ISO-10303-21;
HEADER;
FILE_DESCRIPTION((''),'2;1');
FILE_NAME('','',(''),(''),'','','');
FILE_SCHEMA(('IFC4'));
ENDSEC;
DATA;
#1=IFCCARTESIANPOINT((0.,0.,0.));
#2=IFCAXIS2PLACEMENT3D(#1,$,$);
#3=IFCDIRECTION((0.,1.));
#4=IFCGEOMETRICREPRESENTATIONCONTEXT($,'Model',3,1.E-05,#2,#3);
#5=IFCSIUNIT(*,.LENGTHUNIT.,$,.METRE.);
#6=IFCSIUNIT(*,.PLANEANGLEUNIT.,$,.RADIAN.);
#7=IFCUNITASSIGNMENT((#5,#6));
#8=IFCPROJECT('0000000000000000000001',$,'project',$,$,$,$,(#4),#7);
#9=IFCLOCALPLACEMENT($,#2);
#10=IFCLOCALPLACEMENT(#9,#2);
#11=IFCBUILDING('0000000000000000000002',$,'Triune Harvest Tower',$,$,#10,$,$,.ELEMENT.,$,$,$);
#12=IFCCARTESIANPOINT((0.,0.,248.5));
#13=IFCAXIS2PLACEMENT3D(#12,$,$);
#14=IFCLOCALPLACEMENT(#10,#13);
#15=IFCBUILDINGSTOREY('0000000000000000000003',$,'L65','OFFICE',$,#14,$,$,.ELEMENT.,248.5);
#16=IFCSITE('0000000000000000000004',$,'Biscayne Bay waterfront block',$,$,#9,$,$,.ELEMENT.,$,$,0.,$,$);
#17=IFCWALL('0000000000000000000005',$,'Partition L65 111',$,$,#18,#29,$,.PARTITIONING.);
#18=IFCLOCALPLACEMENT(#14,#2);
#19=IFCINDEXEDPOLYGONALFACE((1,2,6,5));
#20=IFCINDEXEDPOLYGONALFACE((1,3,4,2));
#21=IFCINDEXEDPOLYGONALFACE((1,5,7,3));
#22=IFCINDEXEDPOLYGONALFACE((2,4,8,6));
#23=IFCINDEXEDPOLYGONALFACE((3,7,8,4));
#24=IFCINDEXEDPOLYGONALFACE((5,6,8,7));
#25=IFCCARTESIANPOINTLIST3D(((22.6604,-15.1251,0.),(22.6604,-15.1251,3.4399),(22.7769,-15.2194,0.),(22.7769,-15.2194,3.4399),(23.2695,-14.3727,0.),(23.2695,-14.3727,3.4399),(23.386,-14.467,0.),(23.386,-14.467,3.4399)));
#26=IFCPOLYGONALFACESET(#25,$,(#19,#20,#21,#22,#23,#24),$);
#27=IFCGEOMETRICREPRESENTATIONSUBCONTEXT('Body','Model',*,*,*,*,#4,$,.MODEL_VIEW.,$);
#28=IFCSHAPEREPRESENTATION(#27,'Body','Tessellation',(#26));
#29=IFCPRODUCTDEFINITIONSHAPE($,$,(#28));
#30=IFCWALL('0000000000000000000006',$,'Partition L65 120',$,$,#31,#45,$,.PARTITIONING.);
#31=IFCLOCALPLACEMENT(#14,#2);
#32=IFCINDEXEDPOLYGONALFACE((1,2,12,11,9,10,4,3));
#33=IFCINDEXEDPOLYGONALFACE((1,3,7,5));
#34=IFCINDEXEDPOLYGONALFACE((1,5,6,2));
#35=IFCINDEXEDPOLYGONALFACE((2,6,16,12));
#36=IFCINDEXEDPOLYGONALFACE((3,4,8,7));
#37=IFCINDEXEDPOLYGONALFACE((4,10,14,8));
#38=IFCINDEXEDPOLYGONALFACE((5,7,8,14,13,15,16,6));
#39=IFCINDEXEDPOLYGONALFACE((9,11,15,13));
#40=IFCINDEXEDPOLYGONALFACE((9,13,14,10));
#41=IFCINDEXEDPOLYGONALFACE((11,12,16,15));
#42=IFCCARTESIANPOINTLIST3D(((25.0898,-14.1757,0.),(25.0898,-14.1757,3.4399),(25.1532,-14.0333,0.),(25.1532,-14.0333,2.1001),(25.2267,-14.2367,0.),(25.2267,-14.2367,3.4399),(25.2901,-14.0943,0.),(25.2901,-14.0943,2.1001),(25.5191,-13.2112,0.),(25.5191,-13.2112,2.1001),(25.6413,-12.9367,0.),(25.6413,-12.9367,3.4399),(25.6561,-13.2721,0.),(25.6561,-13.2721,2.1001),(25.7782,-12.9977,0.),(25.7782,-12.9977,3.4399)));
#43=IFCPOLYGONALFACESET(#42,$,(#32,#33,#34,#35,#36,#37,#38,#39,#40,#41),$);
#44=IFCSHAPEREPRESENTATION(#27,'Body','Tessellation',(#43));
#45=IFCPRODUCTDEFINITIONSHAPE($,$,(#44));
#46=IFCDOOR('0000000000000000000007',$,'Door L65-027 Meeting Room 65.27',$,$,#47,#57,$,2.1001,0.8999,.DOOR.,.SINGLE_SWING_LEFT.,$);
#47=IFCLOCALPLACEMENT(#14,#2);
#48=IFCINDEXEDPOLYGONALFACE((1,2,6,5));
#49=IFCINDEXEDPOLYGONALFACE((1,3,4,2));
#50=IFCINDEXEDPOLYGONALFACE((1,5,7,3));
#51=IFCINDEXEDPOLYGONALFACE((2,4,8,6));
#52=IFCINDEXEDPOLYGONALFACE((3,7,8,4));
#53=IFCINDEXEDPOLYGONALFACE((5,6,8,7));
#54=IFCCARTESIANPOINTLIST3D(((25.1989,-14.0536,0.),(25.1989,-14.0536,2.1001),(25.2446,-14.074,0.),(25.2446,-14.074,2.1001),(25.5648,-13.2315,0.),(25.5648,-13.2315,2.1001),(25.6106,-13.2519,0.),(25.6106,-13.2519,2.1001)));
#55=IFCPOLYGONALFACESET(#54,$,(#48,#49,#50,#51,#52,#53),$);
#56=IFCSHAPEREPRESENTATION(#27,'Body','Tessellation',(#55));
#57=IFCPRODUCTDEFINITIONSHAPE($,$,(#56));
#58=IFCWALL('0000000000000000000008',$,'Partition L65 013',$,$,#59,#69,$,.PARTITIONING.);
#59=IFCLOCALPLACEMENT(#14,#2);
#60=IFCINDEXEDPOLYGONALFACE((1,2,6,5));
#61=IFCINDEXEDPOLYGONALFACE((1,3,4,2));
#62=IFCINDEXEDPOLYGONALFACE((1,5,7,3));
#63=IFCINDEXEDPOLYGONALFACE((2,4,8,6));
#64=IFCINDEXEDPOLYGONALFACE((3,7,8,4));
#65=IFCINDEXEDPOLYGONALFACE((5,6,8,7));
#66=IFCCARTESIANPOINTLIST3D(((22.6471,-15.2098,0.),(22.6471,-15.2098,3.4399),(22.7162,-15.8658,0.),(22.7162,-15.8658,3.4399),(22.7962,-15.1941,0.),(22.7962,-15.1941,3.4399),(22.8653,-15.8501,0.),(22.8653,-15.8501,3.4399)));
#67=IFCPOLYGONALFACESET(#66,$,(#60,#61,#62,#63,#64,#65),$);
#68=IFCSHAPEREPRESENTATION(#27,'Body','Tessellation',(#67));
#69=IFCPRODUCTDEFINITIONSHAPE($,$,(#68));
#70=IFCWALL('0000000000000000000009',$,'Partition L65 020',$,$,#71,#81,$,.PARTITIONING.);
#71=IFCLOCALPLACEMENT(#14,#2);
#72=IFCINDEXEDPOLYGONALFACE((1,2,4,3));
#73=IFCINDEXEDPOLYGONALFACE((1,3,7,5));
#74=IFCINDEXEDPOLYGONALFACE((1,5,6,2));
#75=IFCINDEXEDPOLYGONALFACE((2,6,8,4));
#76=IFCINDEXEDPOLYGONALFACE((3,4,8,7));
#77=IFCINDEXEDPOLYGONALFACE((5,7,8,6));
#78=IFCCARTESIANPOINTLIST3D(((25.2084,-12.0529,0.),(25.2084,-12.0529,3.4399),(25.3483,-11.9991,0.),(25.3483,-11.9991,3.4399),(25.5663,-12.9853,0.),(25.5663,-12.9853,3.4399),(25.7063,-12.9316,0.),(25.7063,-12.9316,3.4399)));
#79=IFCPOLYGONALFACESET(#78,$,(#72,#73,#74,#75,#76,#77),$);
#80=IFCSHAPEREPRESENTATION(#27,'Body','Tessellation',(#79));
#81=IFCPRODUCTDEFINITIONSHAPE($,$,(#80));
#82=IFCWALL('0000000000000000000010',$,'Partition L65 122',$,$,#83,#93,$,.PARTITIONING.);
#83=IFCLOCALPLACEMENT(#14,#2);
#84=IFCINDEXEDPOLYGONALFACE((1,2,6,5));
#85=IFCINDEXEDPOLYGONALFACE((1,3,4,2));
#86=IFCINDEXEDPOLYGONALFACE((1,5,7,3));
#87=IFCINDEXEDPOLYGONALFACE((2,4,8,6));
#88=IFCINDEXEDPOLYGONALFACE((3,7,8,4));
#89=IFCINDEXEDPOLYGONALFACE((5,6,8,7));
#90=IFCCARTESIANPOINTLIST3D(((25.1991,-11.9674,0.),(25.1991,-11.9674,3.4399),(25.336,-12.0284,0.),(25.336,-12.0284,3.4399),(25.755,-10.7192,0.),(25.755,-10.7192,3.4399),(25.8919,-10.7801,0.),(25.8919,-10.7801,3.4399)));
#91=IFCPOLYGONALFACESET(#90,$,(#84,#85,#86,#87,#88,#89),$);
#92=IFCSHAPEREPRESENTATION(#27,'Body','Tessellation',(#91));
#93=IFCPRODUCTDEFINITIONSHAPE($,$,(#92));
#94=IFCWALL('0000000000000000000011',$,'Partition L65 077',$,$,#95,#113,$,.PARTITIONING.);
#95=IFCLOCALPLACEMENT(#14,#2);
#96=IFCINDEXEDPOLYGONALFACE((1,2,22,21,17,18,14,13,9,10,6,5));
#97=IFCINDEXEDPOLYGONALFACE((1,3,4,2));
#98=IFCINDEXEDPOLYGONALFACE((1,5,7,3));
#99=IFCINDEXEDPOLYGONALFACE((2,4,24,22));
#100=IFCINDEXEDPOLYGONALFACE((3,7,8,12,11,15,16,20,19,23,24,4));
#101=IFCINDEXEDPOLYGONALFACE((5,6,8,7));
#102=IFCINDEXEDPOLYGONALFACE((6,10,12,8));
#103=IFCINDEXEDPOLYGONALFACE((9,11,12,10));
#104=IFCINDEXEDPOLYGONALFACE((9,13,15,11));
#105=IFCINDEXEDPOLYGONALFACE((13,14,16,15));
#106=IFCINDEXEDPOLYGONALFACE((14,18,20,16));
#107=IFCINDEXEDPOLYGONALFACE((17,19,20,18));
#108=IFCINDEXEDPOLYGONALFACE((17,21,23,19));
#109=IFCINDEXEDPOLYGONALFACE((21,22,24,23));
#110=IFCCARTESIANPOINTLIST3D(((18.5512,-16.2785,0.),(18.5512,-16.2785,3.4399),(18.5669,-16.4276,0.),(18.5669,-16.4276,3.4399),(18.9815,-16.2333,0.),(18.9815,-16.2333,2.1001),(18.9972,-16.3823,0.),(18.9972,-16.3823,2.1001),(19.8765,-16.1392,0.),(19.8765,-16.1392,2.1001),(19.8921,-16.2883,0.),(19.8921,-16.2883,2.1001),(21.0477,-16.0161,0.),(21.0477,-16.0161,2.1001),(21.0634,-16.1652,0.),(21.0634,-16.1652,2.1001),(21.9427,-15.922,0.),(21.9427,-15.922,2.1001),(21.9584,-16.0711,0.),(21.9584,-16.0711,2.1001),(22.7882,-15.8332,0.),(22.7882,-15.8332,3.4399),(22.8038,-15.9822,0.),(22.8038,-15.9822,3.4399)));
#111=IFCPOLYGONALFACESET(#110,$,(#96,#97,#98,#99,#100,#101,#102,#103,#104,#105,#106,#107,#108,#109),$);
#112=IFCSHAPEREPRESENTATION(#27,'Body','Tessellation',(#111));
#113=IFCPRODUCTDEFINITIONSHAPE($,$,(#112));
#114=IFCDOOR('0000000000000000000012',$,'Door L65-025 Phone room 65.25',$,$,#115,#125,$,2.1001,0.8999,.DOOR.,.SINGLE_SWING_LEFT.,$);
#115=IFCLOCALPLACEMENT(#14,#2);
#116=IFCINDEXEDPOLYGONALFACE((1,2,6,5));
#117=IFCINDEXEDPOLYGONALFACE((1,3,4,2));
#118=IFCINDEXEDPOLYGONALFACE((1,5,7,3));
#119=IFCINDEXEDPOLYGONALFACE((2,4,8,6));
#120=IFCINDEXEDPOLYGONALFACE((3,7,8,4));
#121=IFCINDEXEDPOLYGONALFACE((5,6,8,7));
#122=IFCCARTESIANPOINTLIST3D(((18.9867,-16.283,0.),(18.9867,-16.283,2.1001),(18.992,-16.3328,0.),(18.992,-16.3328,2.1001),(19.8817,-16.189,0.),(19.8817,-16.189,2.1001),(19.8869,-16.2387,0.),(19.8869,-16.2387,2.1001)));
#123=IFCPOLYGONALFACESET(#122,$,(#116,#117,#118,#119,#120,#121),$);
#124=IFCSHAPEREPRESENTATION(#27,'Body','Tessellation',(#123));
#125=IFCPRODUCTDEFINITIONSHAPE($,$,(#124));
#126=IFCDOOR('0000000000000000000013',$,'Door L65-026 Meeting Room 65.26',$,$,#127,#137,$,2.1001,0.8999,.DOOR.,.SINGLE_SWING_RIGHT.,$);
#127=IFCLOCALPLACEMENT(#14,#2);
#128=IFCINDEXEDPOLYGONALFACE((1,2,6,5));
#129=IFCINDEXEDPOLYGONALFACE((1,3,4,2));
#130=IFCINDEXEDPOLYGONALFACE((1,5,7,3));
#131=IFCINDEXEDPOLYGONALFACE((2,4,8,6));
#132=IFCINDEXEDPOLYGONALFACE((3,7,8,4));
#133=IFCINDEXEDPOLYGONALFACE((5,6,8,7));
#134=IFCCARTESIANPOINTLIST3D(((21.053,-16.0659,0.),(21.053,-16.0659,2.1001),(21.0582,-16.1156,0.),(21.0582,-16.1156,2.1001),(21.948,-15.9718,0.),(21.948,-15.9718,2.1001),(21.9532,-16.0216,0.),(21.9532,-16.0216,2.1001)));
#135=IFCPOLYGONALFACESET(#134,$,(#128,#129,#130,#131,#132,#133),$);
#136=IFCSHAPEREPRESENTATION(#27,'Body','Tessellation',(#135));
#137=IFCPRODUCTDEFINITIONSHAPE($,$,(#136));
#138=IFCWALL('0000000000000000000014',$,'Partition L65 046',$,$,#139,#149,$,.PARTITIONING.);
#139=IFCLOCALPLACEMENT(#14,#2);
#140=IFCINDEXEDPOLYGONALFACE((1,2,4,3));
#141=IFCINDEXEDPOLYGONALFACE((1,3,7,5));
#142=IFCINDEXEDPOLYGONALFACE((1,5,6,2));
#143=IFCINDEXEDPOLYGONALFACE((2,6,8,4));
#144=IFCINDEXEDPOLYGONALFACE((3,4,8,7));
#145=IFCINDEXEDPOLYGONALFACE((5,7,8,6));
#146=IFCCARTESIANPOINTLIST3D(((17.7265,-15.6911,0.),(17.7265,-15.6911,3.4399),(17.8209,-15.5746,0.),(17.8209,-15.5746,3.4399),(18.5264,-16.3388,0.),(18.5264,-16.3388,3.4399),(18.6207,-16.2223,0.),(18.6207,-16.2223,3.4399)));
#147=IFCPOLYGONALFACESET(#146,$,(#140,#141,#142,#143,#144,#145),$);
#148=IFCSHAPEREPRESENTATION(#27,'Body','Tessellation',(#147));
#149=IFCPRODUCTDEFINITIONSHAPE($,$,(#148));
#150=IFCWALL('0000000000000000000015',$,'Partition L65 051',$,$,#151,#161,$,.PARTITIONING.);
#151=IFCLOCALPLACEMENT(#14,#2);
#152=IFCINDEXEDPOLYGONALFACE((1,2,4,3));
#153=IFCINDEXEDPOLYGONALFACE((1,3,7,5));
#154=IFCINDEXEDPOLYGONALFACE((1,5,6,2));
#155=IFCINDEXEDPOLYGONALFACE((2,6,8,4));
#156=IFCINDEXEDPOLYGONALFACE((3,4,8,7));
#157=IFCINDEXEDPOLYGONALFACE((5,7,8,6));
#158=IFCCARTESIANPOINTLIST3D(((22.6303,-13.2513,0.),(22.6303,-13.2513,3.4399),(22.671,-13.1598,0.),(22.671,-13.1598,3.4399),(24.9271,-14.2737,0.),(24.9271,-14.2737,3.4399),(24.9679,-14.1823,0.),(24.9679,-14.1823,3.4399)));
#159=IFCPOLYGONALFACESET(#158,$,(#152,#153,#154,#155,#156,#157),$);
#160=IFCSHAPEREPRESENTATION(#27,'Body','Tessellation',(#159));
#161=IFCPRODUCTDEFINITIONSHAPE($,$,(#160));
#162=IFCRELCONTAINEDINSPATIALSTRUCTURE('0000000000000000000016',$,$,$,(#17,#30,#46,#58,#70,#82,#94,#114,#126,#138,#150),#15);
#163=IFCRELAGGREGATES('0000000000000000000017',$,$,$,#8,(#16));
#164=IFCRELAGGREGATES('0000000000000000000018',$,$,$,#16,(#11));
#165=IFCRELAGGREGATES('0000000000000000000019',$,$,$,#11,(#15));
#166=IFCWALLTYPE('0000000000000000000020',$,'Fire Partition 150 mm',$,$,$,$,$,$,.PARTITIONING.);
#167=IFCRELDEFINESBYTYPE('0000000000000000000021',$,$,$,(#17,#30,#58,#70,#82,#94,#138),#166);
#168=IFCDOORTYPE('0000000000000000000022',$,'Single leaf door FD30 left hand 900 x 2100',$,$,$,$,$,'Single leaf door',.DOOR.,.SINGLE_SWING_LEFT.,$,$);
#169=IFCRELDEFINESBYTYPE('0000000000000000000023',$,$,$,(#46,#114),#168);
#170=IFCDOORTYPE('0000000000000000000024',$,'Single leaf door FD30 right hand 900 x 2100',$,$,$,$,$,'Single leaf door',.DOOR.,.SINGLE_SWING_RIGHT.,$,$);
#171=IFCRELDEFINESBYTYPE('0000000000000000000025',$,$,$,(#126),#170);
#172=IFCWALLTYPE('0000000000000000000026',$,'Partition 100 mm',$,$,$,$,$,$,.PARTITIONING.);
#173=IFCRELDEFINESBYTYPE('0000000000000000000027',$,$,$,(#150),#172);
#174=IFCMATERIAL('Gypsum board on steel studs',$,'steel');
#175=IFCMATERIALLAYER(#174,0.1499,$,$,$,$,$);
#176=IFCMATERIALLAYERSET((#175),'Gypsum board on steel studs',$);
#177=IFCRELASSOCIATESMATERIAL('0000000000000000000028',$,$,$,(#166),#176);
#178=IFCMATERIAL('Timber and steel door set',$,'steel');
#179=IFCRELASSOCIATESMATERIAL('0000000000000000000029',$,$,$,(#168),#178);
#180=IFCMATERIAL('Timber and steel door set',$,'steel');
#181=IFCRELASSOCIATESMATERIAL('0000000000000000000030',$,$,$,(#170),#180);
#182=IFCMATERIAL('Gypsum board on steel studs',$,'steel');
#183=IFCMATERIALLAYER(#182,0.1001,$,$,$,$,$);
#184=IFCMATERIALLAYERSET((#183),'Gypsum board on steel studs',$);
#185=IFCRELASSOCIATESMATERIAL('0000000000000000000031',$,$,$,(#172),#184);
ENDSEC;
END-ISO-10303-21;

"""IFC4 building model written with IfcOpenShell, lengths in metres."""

from ifc_helpers import new_model, si_unit, direction, frame, frame_2d, origin, place, context, subcontext, project, spatial, rectangle, extrude, source, transform, mapped, material, layer, layer_set, type_object, element, fill, save


model = new_model("IFC4")

# Units and contexts
model_context = context("Model", 3, precision=1e-05, world=origin(), true_north=direction((0.0, 1.0)))
body_context = subcontext(model_context, "Body", "Model", "MODEL_VIEW")
ifc_project = project(units=[si_unit("LENGTHUNIT", "METRE"), si_unit("PLANEANGLEUNIT", "RADIAN")], contexts=[model_context])

# Site, building, storey
site_placement = place(None, origin())
site = spatial("IfcSite", under=ifc_project, at=site_placement, Name="Biscayne Bay waterfront block", CompositionType="ELEMENT", RefElevation=0.0)
building_placement = place(site_placement, origin())
building = spatial("IfcBuilding", under=site, at=building_placement, Name="Triune Harvest Tower", CompositionType="ELEMENT")
storey_placement = place(building_placement, frame((0.0, 0.0, 248.5)))
storey = spatial("IfcBuildingStorey", under=building, at=storey_placement, Name="L65", Description="OFFICE", CompositionType="ELEMENT", Elevation=248.5)

# Wall
ifc_material_1 = material(Name="Gypsum board on steel studs", Category="steel")
ifc_layer_1 = layer(ifc_material_1, 0.1499)
ifc_layer_set_1 = layer_set([ifc_layer_1], Name="Gypsum board on steel studs")
wall_type_1 = type_object("IfcWallType", Name="Fire Partition 150 mm", PredefinedType="PARTITIONING", material=ifc_layer_set_1)
wall_1_placement = place(storey_placement, frame((22.7188, -15.1721, 0.0), z_axis=(0.0, 0.0, 1.0), x_axis=(0.629205, 0.777239, 0.0)))
element("IfcWall", 1, at=wall_1_placement, inside=storey, type_object=wall_type_1, Name="Partition L65 111", PredefinedType="PARTITIONING", context=body_context, shape_type="SweptSolid", body=[
    extrude(rectangle(XDim=0.968, YDim=0.1499, at=frame_2d((0.4839, 0.0))), origin(), (0.0, 0.0, 1.0), 3.4399),
])

# Wall, opening, door
wall_2_placement = place(storey_placement, frame((25.1582, -14.2063, 0.0), z_axis=(0.0, 0.0, 1.0), x_axis=(0.406656, 0.913581, 0.0)))
wall_2 = element("IfcWall", 2, at=wall_2_placement, inside=storey, type_object=wall_type_1, Name="Partition L65 120", PredefinedType="PARTITIONING", context=body_context, shape_type="SweptSolid", body=[
    extrude(rectangle(XDim=1.3562, YDim=0.1499, at=frame_2d((0.6782, 0.0))), origin(), (0.0, 0.0, 1.0), 3.4399),
])
opening_1_placement = place(wall_2_placement, frame((0.156, 0.0, 0.0)))
opening_1 = element("IfcOpeningElement", 3, at=opening_1_placement, cuts=wall_2, PredefinedType="OPENING", context=body_context, shape_type="SweptSolid", body=[
    extrude(rectangle(XDim=0.8999, YDim=2.1001, at=frame_2d((0.45, 1.05))), frame((0.0, 0.085, 0.0), z_axis=(0.0, -1.0, 0.0), x_axis=(1.0, 0.0, 0.0)), (0.0, 0.0, 1.0), 0.1699),
])
ifc_material_2 = material(Name="Timber and steel door set", Category="steel")
door_type_1 = type_object("IfcDoorType", Name="Single leaf door FD30 left hand 900 x 2100", ElementType="Single leaf door", OperationType="SINGLE_SWING_LEFT", PredefinedType="DOOR", material=ifc_material_2)
door_1_placement = place(opening_1_placement, origin())
door_1 = element("IfcDoor", 4, at=door_1_placement, inside=storey, type_object=door_type_1, Name="Door L65-027 Meeting Room 65.27", OperationType="SINGLE_SWING_LEFT", OverallHeight=2.1001, OverallWidth=0.8999, PredefinedType="DOOR", context=body_context, shape_type="SweptSolid", body=[
    extrude(rectangle(XDim=0.8999, YDim=2.1001, at=frame_2d((0.45, 1.05))), frame((0.0, 0.0249, 0.0), z_axis=(0.0, -1.0, 0.0), x_axis=(1.0, 0.0, 0.0)), (0.0, 0.0, 1.0), 0.05),
])
fill(opening_1, door_1)

# Walls
shared_shape_1 = source(origin(), body_context, "Body", "SweptSolid", [
    extrude(rectangle(XDim=0.6597, YDim=0.1499, at=frame_2d((0.3298, 0.0))), origin(), (0.0, 0.0, 1.0), 3.4399),
])
wall_3_placement = place(storey_placement, frame((22.7217, -15.2019, 0.0), z_axis=(0.0, 0.0, 1.0), x_axis=(0.104743, -0.994499, 0.0)))
element("IfcWall", 5, at=wall_3_placement, inside=storey, type_object=wall_type_1, Name="Partition L65 013", PredefinedType="PARTITIONING", context=body_context, shape_type="MappedRepresentation", body=[
    mapped(shared_shape_1, transform((0.0, 0.0, 0.0), scale=1.0)),
])
shared_shape_2 = source(origin(), body_context, "Body", "SweptSolid", [
    extrude(rectangle(XDim=0.9988, YDim=0.1499, at=frame_2d((0.4995, 0.0))), origin(), (0.0, 0.0, 1.0), 3.4399),
])
wall_4_placement = place(storey_placement, frame((25.2783, -12.0259, 0.0), z_axis=(0.0, 0.0, 1.0), x_axis=(0.358373, -0.933579, 0.0)))
element("IfcWall", 6, at=wall_4_placement, inside=storey, type_object=wall_type_1, Name="Partition L65 020", PredefinedType="PARTITIONING", context=body_context, shape_type="MappedRepresentation", body=[
    mapped(shared_shape_2, transform((0.0, 0.0, 0.0), scale=1.0)),
])
shared_shape_3 = source(origin(), body_context, "Body", "SweptSolid", [
    extrude(rectangle(XDim=1.3665, YDim=0.1499, at=frame_2d((0.6831, 0.0))), origin(), (0.0, 0.0, 1.0), 3.4399),
])
wall_5_placement = place(storey_placement, frame((25.2676, -11.9978, 0.0), z_axis=(0.0, 0.0, 1.0), x_axis=(0.406818, 0.913509, 0.0)))
element("IfcWall", 7, at=wall_5_placement, inside=storey, type_object=wall_type_1, Name="Partition L65 122", PredefinedType="PARTITIONING", context=body_context, shape_type="MappedRepresentation", body=[
    mapped(shared_shape_3, transform((0.0, 0.0, 0.0), scale=1.0)),
])

# Wall, openings, doors
shared_shape_4 = source(origin(), body_context, "Body", "SweptSolid", [
    extrude(rectangle(XDim=4.2603, YDim=0.1499, at=frame_2d((2.1301, 0.0))), origin(), (0.0, 0.0, 1.0), 3.4399),
])
wall_6_placement = place(storey_placement, frame((18.5591, -16.353, 0.0), z_axis=(0.0, 0.0, 1.0), x_axis=(0.994522, 0.10453, 0.0)))
wall_6 = element("IfcWall", 8, at=wall_6_placement, inside=storey, type_object=wall_type_1, Name="Partition L65 077", PredefinedType="PARTITIONING", context=body_context, shape_type="MappedRepresentation", body=[
    mapped(shared_shape_4, transform((0.0, 0.0, 0.0), scale=1.0)),
])
opening_2_placement = place(wall_6_placement, frame((0.4326, 0.0, 0.0)))
opening_2 = element("IfcOpeningElement", 9, at=opening_2_placement, cuts=wall_6, PredefinedType="OPENING", context=body_context, shape_type="SweptSolid", body=[
    extrude(rectangle(XDim=0.8999, YDim=2.1001, at=frame_2d((0.45, 1.05))), frame((0.0, 0.085, 0.0), z_axis=(0.0, -1.0, 0.0), x_axis=(1.0, 0.0, 0.0)), (0.0, 0.0, 1.0), 0.1699),
])
opening_3_placement = place(wall_6_placement, frame((2.5103, 0.0, 0.0)))
opening_3 = element("IfcOpeningElement", 10, at=opening_3_placement, cuts=wall_6, PredefinedType="OPENING", context=body_context, shape_type="SweptSolid", body=[
    extrude(rectangle(XDim=0.8999, YDim=2.1001, at=frame_2d((0.45, 1.05))), frame((0.0, 0.085, 0.0), z_axis=(0.0, -1.0, 0.0), x_axis=(1.0, 0.0, 0.0)), (0.0, 0.0, 1.0), 0.1699),
])
door_2_placement = place(opening_2_placement, origin())
door_2 = element("IfcDoor", 11, at=door_2_placement, inside=storey, type_object=door_type_1, Name="Door L65-025 Phone room 65.25", OperationType="SINGLE_SWING_LEFT", OverallHeight=2.1001, OverallWidth=0.8999, PredefinedType="DOOR", context=body_context, shape_type="SweptSolid", body=[
    extrude(rectangle(XDim=0.8999, YDim=2.1001, at=frame_2d((0.45, 1.05))), frame((0.0, 0.0249, 0.0), z_axis=(0.0, -1.0, 0.0), x_axis=(1.0, 0.0, 0.0)), (0.0, 0.0, 1.0), 0.05),
])
fill(opening_2, door_2)
ifc_material_3 = material(Name="Timber and steel door set", Category="steel")
door_type_2 = type_object("IfcDoorType", Name="Single leaf door FD30 right hand 900 x 2100", ElementType="Single leaf door", OperationType="SINGLE_SWING_RIGHT", PredefinedType="DOOR", material=ifc_material_3)
door_3_placement = place(opening_3_placement, origin())
door_3 = element("IfcDoor", 12, at=door_3_placement, inside=storey, type_object=door_type_2, Name="Door L65-026 Meeting Room 65.26", OperationType="SINGLE_SWING_RIGHT", OverallHeight=2.1001, OverallWidth=0.8999, PredefinedType="DOOR", context=body_context, shape_type="SweptSolid", body=[
    extrude(rectangle(XDim=0.8999, YDim=2.1001, at=frame_2d((0.45, 1.05))), frame((0.0, 0.0249, 0.0), z_axis=(0.0, -1.0, 0.0), x_axis=(1.0, 0.0, 0.0)), (0.0, 0.0, 1.0), 0.05),
])
fill(opening_3, door_3)

# Walls
shared_shape_5 = source(origin(), body_context, "Body", "SweptSolid", [
    extrude(rectangle(XDim=1.0293, YDim=0.1499, at=frame_2d((0.5146, 0.0))), origin(), (0.0, 0.0, 1.0), 3.4399),
])
wall_7_placement = place(storey_placement, frame((17.7737, -15.6328, 0.0), z_axis=(0.0, 0.0, 1.0), x_axis=(0.777129, -0.629342, 0.0)))
element("IfcWall", 13, at=wall_7_placement, inside=storey, type_object=wall_type_1, Name="Partition L65 046", PredefinedType="PARTITIONING", context=body_context, shape_type="MappedRepresentation", body=[
    mapped(shared_shape_5, transform((0.0, 0.0, 0.0), scale=1.0)),
])
ifc_material_4 = material(Name="Gypsum board on steel studs", Category="steel")
ifc_layer_2 = layer(ifc_material_4, 0.1001)
ifc_layer_set_2 = layer_set([ifc_layer_2], Name="Gypsum board on steel studs")
wall_type_2 = type_object("IfcWallType", Name="Partition 100 mm", PredefinedType="PARTITIONING", material=ifc_layer_set_2)
shared_shape_6 = source(origin(), body_context, "Body", "SweptSolid", [
    extrude(rectangle(XDim=2.5142, YDim=0.1001, at=frame_2d((1.2571, 0.0))), origin(), (0.0, 0.0, 1.0), 3.4399),
])
wall_8_placement = place(storey_placement, frame((22.6506, -13.2056, 0.0), z_axis=(0.0, 0.0, 1.0), x_axis=(0.913571, -0.406679, 0.0)))
element("IfcWall", 14, at=wall_8_placement, inside=storey, type_object=wall_type_2, Name="Partition L65 051", PredefinedType="PARTITIONING", context=body_context, shape_type="MappedRepresentation", body=[
    mapped(shared_shape_6, transform((0.0, 0.0, 0.0), scale=1.0)),
])

save(model, "model.ifc")
